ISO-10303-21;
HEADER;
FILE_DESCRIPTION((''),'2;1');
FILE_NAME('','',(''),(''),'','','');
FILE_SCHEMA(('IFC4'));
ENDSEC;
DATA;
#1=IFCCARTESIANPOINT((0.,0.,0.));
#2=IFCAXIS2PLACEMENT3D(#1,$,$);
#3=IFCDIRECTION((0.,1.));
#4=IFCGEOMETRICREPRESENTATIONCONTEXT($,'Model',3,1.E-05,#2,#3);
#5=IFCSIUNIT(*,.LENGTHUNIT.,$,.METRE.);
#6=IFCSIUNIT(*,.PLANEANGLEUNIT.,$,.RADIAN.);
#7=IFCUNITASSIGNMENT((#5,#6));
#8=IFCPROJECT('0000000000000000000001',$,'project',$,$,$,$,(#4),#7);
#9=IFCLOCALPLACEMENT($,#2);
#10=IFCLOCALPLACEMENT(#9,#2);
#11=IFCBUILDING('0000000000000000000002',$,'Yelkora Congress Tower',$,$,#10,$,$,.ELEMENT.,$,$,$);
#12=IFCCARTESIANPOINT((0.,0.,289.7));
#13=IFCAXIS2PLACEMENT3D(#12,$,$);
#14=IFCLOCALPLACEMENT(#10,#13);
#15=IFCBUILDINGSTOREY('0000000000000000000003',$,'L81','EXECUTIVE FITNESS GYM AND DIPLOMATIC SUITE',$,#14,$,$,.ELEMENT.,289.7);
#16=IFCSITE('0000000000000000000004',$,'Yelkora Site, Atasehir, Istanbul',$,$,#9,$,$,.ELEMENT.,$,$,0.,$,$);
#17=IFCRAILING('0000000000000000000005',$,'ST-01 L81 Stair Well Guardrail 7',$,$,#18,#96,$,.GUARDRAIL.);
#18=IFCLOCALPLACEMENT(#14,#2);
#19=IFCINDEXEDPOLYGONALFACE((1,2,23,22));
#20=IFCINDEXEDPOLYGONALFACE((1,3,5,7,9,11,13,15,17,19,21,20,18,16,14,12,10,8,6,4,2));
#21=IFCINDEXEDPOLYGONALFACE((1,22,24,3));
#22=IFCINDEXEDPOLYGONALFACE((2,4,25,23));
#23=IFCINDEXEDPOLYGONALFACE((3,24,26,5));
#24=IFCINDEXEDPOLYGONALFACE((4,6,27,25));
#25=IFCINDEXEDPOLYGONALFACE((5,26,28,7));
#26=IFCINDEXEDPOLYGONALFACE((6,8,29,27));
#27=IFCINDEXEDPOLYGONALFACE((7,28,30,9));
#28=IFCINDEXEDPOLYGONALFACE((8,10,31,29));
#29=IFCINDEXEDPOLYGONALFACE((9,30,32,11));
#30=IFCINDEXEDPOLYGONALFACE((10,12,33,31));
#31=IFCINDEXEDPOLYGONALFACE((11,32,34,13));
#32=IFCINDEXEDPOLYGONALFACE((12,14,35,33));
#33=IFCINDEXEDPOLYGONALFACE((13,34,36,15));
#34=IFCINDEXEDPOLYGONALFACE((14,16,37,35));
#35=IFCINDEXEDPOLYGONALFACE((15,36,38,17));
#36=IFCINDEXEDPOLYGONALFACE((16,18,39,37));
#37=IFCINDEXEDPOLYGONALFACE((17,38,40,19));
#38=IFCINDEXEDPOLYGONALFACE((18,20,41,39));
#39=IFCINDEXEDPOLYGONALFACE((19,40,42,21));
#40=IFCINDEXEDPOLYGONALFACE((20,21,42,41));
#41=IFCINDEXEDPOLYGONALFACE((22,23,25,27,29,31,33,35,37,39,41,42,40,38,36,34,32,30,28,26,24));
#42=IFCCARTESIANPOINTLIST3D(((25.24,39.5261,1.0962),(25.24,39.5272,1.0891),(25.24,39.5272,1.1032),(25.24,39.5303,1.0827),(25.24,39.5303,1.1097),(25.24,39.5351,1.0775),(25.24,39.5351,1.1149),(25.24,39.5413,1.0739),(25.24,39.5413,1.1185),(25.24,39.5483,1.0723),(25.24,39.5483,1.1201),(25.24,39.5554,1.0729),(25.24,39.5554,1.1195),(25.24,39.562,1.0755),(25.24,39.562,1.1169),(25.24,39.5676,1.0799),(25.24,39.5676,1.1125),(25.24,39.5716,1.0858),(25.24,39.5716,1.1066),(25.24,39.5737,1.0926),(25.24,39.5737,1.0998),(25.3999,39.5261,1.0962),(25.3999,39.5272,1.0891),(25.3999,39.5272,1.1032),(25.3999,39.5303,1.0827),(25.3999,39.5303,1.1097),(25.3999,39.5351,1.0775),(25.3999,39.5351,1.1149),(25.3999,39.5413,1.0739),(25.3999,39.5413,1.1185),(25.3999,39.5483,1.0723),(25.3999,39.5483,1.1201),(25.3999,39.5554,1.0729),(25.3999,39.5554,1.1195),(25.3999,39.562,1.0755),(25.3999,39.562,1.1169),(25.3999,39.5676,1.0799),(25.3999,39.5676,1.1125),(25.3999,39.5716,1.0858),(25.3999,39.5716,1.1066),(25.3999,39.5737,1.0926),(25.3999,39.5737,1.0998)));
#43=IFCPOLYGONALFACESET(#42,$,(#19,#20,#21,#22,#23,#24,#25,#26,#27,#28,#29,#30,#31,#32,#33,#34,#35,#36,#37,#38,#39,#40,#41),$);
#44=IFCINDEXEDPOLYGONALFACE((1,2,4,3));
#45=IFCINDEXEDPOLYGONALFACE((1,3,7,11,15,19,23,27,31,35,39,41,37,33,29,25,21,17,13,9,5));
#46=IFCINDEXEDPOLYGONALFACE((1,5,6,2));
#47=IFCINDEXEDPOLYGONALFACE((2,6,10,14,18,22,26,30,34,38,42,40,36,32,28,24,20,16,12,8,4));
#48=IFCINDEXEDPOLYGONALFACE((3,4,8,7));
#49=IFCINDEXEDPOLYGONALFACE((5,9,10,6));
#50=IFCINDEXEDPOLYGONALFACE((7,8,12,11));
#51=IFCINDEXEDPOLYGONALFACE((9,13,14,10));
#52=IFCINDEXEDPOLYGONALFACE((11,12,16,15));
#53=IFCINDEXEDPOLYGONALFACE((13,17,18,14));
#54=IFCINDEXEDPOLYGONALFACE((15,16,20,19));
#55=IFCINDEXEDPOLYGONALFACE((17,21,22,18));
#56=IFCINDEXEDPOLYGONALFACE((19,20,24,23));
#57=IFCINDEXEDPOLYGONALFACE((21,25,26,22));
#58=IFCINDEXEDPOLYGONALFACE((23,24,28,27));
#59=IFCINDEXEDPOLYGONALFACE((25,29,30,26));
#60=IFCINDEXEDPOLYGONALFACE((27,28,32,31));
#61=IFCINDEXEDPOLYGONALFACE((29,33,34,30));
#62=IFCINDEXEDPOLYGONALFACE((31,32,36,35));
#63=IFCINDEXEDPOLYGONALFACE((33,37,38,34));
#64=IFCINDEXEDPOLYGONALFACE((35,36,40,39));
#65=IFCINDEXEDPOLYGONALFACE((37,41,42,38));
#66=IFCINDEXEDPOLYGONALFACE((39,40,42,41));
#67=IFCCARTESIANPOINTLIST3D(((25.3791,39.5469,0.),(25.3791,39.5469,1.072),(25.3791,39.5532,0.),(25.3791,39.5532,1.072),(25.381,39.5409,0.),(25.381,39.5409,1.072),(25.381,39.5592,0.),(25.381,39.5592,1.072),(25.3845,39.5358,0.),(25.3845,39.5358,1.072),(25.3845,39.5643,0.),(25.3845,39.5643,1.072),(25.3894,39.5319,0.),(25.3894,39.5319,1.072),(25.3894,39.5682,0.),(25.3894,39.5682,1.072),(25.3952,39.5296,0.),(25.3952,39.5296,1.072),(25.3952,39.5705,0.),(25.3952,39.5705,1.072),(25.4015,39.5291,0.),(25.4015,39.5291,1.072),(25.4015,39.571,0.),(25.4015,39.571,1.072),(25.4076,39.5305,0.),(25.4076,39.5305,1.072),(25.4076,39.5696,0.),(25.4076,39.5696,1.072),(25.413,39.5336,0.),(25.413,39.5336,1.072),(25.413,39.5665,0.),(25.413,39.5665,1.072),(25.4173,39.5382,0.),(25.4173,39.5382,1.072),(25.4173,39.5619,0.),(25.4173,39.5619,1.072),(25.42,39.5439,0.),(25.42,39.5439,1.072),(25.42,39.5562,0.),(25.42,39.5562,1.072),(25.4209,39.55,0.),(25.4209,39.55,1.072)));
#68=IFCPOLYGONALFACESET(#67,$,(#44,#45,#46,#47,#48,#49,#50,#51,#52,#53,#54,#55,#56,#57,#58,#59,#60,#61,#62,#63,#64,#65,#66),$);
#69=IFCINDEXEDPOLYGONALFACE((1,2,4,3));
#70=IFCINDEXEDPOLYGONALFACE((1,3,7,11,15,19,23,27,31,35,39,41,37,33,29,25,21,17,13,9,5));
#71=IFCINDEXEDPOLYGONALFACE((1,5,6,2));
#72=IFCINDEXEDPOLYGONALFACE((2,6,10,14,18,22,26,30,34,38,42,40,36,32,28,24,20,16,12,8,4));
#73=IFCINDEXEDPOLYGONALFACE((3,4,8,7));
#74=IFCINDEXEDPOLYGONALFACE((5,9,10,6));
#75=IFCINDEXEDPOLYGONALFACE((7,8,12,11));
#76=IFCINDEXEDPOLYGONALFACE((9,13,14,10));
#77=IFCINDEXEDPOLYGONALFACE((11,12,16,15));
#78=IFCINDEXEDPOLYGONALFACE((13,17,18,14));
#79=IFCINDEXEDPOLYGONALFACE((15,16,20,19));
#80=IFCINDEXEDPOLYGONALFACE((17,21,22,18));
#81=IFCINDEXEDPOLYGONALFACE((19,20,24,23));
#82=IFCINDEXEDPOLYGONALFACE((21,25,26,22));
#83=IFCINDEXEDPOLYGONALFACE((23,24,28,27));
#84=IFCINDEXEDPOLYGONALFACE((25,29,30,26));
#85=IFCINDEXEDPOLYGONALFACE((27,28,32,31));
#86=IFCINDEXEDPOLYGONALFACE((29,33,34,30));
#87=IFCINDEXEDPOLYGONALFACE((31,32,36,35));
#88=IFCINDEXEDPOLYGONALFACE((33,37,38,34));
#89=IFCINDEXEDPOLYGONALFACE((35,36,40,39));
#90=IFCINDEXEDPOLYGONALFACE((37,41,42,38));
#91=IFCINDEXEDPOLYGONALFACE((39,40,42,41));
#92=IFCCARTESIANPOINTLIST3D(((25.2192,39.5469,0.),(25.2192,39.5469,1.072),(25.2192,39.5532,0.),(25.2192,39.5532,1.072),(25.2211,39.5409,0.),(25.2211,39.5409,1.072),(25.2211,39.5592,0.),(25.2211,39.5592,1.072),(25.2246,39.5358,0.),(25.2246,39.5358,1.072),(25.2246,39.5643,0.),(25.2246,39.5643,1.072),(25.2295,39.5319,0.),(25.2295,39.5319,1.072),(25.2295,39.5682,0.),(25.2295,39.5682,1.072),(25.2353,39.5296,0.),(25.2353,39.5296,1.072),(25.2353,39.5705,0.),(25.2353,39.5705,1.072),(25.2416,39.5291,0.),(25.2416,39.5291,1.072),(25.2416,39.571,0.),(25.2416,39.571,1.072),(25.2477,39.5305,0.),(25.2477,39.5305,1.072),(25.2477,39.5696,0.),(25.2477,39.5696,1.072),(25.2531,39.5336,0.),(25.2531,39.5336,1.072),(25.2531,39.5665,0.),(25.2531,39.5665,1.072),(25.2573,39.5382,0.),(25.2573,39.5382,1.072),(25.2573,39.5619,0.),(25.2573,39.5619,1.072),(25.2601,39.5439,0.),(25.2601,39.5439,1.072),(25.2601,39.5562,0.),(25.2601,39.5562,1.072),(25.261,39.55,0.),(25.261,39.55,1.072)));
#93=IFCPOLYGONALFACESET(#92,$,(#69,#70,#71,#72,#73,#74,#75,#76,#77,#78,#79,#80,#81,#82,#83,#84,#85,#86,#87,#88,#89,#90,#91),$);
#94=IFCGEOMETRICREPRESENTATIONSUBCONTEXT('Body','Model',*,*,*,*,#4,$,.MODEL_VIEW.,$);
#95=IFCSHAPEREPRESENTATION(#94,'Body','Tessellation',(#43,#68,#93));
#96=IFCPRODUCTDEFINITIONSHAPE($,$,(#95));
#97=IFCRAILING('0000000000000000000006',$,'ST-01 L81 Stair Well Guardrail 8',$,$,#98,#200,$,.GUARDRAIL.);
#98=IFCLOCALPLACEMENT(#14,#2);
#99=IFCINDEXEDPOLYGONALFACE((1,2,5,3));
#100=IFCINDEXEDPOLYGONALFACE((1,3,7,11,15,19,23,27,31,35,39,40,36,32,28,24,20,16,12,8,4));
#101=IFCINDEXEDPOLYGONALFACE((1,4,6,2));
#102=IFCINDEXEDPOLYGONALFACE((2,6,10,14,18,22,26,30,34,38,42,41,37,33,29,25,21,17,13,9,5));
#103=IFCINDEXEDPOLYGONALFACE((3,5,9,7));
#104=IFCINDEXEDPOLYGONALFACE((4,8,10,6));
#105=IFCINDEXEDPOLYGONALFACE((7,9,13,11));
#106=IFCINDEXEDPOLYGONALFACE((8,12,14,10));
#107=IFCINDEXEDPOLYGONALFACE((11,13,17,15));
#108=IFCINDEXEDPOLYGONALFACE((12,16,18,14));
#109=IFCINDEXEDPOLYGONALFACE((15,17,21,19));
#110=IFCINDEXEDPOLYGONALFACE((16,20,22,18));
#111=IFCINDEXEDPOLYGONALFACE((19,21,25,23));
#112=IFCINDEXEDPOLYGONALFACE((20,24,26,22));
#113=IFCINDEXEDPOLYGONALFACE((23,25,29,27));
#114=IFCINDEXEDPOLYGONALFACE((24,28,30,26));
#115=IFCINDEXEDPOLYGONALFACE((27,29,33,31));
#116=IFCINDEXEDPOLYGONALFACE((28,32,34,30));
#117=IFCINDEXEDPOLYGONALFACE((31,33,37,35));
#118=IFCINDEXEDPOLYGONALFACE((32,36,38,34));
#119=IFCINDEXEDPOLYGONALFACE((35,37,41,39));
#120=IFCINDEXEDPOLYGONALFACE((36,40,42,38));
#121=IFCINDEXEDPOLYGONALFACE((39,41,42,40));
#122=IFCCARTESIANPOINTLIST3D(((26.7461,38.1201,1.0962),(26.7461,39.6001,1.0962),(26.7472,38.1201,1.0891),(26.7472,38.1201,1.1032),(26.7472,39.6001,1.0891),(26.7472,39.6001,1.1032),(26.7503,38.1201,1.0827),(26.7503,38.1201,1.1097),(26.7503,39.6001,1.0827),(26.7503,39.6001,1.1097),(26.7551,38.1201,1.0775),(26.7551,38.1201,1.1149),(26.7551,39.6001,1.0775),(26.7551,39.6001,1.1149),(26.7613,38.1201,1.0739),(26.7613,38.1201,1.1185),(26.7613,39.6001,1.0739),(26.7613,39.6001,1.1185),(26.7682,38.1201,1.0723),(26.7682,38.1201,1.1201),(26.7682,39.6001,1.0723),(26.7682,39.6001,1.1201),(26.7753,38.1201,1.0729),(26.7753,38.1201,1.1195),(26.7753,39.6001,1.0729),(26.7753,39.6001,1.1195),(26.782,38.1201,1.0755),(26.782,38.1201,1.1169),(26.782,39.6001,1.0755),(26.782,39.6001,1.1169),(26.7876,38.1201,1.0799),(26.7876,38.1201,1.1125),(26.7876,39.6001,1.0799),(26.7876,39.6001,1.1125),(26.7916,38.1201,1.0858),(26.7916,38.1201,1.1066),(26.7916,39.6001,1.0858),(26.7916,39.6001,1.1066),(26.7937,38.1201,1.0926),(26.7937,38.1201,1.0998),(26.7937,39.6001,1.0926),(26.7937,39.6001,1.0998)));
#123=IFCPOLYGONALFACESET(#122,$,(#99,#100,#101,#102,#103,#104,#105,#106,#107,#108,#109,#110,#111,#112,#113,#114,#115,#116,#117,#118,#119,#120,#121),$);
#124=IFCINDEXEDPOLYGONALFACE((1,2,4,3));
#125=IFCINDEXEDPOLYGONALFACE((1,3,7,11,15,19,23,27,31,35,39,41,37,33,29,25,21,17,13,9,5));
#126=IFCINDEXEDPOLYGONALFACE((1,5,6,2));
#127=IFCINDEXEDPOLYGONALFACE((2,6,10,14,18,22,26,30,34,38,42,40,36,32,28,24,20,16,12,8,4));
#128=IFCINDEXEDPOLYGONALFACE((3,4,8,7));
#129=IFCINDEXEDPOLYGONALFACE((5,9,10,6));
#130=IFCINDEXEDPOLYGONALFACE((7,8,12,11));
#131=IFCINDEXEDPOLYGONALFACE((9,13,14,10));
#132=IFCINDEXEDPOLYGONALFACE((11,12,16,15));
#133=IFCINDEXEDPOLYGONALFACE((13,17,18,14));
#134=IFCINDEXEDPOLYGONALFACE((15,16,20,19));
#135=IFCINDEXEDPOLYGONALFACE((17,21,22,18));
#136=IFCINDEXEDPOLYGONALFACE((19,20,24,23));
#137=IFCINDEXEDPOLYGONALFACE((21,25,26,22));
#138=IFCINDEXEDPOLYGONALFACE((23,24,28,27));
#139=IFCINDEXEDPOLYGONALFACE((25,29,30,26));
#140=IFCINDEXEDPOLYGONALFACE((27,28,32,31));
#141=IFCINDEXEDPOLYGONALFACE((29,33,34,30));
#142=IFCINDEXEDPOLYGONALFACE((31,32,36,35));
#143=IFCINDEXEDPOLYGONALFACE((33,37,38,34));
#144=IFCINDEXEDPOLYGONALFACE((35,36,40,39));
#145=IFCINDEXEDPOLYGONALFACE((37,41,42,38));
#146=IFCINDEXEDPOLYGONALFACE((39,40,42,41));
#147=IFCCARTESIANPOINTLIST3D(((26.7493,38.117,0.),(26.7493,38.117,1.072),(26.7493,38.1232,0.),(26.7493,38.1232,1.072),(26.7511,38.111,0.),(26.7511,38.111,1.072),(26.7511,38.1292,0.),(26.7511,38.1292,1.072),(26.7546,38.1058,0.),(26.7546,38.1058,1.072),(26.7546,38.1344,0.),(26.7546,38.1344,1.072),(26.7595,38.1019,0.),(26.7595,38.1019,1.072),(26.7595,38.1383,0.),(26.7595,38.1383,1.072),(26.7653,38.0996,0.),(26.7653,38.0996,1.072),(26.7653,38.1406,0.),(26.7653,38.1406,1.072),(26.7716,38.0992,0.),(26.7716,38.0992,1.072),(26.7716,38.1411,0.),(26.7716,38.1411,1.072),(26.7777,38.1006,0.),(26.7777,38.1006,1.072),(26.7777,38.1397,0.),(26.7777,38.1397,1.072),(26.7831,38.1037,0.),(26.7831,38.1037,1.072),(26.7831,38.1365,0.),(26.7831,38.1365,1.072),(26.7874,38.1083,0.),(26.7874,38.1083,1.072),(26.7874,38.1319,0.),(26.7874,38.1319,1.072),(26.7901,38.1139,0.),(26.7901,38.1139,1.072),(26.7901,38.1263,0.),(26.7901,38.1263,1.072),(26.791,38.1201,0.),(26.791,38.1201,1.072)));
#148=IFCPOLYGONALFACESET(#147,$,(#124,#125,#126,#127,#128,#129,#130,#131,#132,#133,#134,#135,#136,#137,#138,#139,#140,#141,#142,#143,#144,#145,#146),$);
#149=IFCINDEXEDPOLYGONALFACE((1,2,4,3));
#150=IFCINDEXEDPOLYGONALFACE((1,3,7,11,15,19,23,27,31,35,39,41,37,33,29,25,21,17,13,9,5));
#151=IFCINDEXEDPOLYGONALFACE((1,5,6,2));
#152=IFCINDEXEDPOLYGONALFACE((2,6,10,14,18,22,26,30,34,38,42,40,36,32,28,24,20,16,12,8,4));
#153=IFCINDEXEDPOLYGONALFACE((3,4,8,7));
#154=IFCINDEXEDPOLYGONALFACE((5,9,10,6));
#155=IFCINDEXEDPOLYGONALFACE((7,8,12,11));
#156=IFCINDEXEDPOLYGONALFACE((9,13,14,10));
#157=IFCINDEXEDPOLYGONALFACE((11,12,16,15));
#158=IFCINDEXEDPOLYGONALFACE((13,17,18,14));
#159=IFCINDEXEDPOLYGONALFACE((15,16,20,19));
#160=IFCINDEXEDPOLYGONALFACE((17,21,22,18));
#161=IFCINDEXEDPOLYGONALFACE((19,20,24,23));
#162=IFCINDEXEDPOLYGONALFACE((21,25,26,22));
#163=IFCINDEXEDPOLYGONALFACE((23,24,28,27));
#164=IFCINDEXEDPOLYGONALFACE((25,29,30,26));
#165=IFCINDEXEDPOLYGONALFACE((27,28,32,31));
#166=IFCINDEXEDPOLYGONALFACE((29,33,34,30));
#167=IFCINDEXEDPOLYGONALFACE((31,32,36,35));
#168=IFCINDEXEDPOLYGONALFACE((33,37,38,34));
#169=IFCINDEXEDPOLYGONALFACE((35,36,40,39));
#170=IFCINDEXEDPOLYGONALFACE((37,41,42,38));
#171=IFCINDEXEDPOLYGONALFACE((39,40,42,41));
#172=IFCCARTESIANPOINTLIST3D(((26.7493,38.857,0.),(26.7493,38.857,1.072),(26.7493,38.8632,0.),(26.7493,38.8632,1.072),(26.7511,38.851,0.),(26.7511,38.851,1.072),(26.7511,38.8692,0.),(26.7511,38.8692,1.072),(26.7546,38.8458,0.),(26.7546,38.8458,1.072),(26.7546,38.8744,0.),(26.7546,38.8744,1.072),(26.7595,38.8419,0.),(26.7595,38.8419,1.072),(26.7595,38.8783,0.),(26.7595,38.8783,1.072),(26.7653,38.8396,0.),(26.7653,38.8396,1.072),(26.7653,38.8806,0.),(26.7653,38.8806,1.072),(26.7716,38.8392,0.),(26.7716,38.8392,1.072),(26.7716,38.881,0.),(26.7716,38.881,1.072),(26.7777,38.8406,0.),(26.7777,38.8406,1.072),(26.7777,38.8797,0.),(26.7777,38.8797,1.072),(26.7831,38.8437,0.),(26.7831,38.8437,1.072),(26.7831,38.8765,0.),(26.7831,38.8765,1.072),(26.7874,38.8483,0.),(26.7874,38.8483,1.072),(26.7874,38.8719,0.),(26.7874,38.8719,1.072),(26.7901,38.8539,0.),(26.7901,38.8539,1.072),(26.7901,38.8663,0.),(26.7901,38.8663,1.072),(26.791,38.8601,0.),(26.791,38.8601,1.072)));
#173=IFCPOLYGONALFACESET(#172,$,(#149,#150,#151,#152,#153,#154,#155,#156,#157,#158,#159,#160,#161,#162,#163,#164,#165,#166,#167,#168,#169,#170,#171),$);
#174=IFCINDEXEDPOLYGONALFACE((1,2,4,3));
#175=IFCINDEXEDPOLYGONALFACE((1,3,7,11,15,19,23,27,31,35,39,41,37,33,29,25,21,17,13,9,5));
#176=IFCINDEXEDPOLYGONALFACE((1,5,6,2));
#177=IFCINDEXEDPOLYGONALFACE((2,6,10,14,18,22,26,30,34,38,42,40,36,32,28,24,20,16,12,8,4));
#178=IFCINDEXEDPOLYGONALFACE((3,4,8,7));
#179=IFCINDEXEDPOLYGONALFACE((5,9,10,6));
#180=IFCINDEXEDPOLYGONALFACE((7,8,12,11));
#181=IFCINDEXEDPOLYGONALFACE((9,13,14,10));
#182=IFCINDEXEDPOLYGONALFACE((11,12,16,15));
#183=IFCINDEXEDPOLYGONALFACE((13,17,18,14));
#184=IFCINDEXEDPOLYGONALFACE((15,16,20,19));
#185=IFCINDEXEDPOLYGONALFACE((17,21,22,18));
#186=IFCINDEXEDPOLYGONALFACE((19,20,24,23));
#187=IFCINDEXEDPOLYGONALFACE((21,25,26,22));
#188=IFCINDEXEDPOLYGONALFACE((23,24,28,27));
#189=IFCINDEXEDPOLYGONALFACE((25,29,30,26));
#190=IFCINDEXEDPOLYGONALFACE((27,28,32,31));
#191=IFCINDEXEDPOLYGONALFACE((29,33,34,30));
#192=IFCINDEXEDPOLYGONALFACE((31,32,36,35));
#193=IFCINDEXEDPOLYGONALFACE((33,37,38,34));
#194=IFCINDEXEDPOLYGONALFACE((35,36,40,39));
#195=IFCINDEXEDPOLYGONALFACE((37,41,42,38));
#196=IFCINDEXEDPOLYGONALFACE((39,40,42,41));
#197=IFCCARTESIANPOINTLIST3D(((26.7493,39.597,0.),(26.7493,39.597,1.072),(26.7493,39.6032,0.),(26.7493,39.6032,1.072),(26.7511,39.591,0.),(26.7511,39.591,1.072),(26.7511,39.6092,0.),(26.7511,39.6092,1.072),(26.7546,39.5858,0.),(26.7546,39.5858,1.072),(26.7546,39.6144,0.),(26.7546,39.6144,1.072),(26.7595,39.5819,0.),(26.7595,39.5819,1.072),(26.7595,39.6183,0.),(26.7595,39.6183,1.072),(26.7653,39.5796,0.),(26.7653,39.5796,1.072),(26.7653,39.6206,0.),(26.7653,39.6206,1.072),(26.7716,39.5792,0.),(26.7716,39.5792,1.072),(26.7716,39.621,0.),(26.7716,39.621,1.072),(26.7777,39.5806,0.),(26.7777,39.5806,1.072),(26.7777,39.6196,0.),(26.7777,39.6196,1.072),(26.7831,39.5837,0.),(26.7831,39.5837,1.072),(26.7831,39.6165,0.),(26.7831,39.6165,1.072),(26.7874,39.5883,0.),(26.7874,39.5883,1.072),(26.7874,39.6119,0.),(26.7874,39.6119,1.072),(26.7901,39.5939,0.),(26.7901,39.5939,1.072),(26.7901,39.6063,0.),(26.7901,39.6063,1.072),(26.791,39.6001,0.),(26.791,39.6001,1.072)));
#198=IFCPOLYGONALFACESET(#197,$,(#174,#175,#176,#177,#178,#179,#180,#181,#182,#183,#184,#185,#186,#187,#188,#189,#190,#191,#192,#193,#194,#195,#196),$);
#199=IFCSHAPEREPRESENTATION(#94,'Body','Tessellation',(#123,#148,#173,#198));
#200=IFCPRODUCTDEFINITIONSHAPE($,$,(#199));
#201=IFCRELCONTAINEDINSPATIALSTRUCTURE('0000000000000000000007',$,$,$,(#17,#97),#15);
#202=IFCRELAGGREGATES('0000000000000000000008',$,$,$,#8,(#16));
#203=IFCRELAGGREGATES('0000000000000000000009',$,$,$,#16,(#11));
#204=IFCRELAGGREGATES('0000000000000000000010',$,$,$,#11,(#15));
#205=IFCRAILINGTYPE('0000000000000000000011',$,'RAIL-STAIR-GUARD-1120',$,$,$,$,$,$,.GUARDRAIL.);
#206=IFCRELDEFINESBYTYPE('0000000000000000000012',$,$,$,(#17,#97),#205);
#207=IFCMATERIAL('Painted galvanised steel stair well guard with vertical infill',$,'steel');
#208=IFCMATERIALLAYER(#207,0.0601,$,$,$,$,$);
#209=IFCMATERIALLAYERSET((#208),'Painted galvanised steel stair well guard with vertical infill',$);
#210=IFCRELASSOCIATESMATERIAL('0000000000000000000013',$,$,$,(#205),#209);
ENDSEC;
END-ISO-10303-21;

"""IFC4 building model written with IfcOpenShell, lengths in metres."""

from ifc_helpers import new_model, si_unit, direction, frame, origin, origin_2d, place, context, subcontext, project, spatial, circle, extrude, material, layer, layer_set, type_object, element, save


model = new_model("IFC4")

# Units and contexts
model_context = context("Model", 3, precision=1e-05, world=origin(), true_north=direction((0.0, 1.0)))
body_context = subcontext(model_context, "Body", "Model", "MODEL_VIEW")
ifc_project = project(units=[si_unit("LENGTHUNIT", "METRE"), si_unit("PLANEANGLEUNIT", "RADIAN")], contexts=[model_context])

# Site, building, storey
site_placement = place(None, origin())
site = spatial("IfcSite", under=ifc_project, at=site_placement, Name="Yelkora Site, Atasehir, Istanbul", CompositionType="ELEMENT", RefElevation=0.0)
building_placement = place(site_placement, origin())
building = spatial("IfcBuilding", under=site, at=building_placement, Name="Yelkora Congress Tower", CompositionType="ELEMENT")
storey_placement = place(building_placement, frame((0.0, 0.0, 289.7)))
storey = spatial("IfcBuildingStorey", under=building, at=storey_placement, Name="L81", Description="EXECUTIVE FITNESS GYM AND DIPLOMATIC SUITE", CompositionType="ELEMENT", Elevation=289.7)

# Railings
ifc_material_1 = material(Name="Painted galvanised steel stair well guard with vertical infill", Category="steel")
ifc_layer_1 = layer(ifc_material_1, 0.0601)
ifc_layer_set_1 = layer_set([ifc_layer_1], Name="Painted galvanised steel stair well guard with vertical infill")
railing_type_1 = type_object("IfcRailingType", Name="RAIL-STAIR-GUARD-1120", PredefinedType="GUARDRAIL", material=ifc_layer_set_1)
railing_1_placement = place(storey_placement, frame((25.3999, 39.55, 0.0)))
element("IfcRailing", 1, at=railing_1_placement, inside=storey, type_object=railing_type_1, Name="ST-01 L81 Stair Well Guardrail 7", PredefinedType="GUARDRAIL", context=body_context, shape_type="SweptSolid", body=[
    extrude(circle(Radius=0.0239, at=origin_2d()), frame((0.0, 0.0, 1.0962), z_axis=(-1.0, 0.0, 0.0), x_axis=(0.0, -1.0, 0.0)), (0.0, 0.0, 1.0), 0.1599),
    extrude(circle(Radius=0.021, at=origin_2d()), origin(), (0.0, 0.0, 1.0), 1.072),
    extrude(circle(Radius=0.021, at=origin_2d()), frame((-0.1599, 0.0, 0.0)), (0.0, 0.0, 1.0), 1.072),
])
for number, where, name in (
    (2, (26.77, 38.1201, 0.0), "ST-01 L81 Stair Well Guardrail 8"),
):
    element("IfcRailing", number, at=place(storey_placement, frame(where)), inside=storey, type_object=railing_type_1, Name=name, PredefinedType="GUARDRAIL", context=body_context, shape_type="SweptSolid", body=[
        extrude(circle(Radius=0.0239, at=origin_2d()), frame((0.0, 0.0, 1.0962), z_axis=(0.0, 1.0, 0.0), x_axis=(-1.0, 0.0, 0.0)), (0.0, 0.0, 1.0), 1.48),
        extrude(circle(Radius=0.021, at=origin_2d()), origin(), (0.0, 0.0, 1.0), 1.072),
        extrude(circle(Radius=0.021, at=origin_2d()), frame((0.0, 0.74, 0.0)), (0.0, 0.0, 1.0), 1.072),
        extrude(circle(Radius=0.021, at=origin_2d()), frame((0.0, 1.48, 0.0)), (0.0, 0.0, 1.0), 1.072),
    ])

save(model, "model.ifc")
